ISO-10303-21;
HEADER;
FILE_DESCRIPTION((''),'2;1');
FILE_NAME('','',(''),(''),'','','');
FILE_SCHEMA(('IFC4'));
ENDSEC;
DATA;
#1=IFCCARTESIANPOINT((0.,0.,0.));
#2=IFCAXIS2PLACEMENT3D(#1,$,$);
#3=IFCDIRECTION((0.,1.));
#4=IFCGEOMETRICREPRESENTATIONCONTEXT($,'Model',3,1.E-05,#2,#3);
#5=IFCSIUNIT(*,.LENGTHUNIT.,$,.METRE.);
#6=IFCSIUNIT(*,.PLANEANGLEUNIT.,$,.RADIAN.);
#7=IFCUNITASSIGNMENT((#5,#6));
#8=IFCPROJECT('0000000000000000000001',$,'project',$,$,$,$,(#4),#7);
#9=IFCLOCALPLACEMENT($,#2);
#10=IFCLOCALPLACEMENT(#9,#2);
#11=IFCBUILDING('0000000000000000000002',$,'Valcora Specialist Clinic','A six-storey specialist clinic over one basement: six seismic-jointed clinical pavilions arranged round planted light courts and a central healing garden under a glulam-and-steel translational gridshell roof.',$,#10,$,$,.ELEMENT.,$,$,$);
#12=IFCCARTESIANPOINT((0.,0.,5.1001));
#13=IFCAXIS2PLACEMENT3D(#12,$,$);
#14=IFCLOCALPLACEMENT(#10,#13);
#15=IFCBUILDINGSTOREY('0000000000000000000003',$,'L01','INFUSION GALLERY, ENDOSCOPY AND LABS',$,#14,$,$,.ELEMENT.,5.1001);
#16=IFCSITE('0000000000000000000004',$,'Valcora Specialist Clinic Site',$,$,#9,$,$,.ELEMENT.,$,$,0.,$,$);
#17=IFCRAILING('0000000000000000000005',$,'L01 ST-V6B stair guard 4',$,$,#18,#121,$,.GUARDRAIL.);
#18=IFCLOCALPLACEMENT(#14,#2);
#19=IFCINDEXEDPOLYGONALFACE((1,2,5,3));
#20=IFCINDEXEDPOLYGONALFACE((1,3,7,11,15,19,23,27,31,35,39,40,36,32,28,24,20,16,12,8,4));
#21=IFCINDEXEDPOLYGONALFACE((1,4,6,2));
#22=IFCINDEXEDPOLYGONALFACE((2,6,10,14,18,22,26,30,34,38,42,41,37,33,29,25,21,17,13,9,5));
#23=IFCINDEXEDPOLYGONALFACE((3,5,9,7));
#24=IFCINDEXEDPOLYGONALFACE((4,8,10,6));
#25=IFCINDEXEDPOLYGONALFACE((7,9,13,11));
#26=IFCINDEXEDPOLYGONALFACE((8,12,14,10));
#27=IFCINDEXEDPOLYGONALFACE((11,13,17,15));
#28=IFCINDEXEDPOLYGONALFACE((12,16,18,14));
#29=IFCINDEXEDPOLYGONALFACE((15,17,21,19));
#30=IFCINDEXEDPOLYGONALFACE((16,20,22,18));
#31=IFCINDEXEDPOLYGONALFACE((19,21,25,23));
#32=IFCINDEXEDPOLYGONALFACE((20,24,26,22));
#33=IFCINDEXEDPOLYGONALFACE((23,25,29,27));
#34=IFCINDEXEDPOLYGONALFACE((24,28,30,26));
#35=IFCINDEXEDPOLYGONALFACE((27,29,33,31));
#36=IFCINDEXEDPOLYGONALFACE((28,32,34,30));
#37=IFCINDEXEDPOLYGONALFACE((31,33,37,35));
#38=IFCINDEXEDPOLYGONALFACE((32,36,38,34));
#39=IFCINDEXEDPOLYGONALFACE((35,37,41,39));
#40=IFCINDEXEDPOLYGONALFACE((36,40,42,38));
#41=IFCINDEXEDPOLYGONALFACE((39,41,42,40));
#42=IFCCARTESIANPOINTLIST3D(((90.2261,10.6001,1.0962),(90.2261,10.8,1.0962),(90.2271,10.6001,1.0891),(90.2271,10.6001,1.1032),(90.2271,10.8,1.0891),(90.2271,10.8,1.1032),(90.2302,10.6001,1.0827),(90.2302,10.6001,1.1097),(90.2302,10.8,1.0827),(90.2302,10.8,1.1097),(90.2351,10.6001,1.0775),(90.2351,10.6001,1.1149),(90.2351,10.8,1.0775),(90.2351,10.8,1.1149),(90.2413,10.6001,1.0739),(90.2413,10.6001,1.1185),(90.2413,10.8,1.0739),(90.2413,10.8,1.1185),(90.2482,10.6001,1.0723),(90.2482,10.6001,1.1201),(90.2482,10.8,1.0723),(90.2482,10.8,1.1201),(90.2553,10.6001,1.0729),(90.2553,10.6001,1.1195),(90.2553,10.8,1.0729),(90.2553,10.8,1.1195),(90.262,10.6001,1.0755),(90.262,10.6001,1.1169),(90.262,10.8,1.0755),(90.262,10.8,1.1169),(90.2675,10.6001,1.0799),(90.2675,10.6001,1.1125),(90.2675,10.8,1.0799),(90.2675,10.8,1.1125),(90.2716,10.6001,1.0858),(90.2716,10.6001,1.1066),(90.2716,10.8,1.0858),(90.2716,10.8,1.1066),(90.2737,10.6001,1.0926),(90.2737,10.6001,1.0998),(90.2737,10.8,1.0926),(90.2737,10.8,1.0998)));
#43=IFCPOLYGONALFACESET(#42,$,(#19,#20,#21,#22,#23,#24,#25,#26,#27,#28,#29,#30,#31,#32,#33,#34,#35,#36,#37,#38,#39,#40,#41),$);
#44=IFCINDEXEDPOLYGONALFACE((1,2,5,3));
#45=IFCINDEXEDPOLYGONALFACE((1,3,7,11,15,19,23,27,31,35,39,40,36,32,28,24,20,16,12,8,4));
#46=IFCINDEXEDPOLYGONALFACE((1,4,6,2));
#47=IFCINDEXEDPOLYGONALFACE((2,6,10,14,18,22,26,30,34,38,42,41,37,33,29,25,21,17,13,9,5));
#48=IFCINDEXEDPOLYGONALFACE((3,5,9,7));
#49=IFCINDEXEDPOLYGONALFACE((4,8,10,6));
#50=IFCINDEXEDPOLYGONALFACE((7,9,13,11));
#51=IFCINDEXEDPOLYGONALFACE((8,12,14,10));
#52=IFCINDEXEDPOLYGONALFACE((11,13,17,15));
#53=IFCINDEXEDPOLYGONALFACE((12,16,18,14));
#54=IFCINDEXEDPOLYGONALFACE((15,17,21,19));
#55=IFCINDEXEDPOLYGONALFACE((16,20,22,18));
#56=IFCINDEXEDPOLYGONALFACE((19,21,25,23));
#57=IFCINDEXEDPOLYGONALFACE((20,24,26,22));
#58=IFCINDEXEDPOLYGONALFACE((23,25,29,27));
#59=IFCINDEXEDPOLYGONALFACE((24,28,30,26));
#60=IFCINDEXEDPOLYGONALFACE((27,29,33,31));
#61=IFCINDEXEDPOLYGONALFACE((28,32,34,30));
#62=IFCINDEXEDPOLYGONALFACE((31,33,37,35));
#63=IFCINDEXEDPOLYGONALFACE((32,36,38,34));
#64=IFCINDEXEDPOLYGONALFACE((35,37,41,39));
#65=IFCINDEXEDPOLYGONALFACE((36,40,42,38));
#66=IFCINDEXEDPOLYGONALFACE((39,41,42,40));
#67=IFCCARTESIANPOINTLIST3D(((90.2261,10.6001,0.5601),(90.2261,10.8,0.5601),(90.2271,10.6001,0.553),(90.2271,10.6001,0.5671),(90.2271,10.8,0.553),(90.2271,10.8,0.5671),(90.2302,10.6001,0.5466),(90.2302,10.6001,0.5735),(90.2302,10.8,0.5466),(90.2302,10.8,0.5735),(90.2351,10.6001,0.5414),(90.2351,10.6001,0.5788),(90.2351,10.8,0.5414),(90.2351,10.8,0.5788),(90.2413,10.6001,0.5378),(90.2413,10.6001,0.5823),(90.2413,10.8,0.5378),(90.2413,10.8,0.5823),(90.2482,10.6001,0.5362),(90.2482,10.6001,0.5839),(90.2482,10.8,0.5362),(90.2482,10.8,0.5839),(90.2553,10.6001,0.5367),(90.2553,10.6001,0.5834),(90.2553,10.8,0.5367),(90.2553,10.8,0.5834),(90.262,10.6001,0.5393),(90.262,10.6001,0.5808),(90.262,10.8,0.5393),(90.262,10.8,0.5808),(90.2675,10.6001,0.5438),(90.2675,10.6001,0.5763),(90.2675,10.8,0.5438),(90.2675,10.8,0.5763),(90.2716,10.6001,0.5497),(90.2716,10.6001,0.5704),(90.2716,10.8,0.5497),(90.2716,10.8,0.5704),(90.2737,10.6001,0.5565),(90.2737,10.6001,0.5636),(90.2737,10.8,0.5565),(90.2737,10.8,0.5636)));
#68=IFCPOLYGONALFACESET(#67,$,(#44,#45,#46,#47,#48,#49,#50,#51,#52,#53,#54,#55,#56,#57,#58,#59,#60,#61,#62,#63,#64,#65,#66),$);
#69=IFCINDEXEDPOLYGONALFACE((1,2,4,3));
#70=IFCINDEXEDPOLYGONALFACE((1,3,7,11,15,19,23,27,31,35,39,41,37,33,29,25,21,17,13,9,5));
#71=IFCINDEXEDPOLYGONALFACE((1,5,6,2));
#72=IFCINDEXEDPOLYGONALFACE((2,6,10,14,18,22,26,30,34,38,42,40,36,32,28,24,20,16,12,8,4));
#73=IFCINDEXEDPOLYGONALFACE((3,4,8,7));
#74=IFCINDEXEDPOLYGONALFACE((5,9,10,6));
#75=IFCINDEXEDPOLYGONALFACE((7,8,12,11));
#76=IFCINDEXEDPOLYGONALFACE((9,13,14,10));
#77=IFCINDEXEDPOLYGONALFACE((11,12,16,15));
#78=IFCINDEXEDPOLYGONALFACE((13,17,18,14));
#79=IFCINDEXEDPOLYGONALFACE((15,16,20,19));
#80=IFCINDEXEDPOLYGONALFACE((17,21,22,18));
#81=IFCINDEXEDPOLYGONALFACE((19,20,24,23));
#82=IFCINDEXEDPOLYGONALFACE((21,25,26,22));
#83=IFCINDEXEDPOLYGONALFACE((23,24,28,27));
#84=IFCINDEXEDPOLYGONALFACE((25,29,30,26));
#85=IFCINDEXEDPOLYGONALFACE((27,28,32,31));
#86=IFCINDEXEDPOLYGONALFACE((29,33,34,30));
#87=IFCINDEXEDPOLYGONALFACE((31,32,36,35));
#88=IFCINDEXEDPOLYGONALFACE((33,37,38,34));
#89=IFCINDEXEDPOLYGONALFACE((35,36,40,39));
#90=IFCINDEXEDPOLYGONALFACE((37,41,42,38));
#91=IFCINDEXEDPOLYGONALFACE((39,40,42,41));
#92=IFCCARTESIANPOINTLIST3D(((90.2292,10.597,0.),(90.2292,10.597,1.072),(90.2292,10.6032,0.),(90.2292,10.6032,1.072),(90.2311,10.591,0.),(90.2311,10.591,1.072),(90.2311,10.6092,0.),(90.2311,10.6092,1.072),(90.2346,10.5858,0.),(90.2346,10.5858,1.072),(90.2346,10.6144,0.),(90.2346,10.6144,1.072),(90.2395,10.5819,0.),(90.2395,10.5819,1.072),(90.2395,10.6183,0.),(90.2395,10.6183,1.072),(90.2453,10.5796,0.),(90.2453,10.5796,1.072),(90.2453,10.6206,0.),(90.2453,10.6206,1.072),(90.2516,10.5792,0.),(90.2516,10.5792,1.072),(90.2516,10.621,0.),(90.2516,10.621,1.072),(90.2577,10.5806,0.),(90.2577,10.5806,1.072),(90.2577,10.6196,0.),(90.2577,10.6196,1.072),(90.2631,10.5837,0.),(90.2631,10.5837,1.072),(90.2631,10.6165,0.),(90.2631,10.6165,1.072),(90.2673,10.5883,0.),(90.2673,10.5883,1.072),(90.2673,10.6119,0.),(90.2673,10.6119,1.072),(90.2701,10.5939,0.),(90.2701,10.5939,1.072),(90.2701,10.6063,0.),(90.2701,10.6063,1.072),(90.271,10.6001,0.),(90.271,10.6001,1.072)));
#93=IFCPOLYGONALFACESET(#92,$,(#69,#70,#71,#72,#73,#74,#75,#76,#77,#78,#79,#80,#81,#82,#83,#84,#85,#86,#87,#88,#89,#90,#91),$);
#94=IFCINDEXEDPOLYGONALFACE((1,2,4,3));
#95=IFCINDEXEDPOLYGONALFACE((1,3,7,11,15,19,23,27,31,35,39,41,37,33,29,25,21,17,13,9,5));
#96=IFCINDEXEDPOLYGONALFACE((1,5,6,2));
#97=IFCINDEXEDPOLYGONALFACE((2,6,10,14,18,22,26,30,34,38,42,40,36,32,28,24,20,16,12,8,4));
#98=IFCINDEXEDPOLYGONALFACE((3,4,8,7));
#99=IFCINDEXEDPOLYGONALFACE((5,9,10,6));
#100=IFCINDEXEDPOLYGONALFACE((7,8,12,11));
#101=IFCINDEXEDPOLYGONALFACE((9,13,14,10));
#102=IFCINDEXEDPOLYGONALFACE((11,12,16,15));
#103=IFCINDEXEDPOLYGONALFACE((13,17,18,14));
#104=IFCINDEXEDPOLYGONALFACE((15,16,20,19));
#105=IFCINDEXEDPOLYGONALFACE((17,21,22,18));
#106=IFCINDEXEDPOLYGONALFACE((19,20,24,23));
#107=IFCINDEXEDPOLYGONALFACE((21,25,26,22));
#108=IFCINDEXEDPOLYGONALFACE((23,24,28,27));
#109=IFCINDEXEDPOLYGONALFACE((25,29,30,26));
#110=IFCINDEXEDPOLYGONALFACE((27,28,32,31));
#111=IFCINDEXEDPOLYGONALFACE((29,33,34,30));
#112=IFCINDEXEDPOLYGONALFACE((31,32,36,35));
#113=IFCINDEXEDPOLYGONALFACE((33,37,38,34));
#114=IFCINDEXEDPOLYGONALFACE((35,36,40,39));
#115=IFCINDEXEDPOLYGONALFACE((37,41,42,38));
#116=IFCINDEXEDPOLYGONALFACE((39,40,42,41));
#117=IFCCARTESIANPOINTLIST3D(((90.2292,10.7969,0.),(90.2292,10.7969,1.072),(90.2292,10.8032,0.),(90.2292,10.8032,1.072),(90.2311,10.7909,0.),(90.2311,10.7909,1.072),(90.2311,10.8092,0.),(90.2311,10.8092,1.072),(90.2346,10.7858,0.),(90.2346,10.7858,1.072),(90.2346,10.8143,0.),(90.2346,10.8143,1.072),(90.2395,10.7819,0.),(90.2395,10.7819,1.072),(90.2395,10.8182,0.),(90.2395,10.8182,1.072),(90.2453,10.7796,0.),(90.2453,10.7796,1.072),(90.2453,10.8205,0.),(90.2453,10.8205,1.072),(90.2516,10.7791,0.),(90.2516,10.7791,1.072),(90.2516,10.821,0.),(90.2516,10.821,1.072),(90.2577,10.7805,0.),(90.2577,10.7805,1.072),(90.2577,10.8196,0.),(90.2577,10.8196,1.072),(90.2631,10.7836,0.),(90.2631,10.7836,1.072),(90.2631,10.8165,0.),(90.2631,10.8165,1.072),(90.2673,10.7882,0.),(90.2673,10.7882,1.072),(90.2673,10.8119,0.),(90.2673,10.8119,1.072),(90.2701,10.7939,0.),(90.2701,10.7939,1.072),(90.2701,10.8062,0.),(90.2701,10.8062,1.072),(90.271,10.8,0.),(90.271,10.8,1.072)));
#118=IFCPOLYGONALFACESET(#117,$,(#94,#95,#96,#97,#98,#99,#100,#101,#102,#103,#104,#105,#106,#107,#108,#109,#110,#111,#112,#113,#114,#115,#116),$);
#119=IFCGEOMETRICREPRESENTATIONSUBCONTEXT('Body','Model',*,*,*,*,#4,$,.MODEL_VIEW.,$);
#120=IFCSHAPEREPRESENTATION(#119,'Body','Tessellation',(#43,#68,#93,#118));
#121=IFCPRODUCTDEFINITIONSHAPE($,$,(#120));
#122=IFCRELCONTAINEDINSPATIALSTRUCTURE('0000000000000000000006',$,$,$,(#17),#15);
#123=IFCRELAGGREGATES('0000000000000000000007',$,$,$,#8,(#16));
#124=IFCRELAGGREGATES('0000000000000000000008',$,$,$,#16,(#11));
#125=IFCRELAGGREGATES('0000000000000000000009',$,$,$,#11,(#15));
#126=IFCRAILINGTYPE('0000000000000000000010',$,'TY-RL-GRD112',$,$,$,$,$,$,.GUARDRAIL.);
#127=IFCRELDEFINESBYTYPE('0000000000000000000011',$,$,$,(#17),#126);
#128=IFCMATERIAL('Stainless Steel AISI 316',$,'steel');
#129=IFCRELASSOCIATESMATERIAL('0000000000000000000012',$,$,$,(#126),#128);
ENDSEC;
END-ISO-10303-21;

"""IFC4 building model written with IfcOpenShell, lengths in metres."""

from ifc_helpers import new_model, si_unit, direction, frame, origin, origin_2d, place, context, subcontext, project, spatial, circle, extrude, material, type_object, element, save


model = new_model("IFC4")

# Units and contexts
model_context = context("Model", 3, precision=1e-05, world=origin(), true_north=direction((0.0, 1.0)))
body_context = subcontext(model_context, "Body", "Model", "MODEL_VIEW")
ifc_project = project(units=[si_unit("LENGTHUNIT", "METRE"), si_unit("PLANEANGLEUNIT", "RADIAN")], contexts=[model_context])

# Site, building, storey
site_placement = place(None, origin())
site = spatial("IfcSite", under=ifc_project, at=site_placement, Name="Valcora Specialist Clinic Site", CompositionType="ELEMENT", RefElevation=0.0)
building_placement = place(site_placement, origin())
building = spatial("IfcBuilding", under=site, at=building_placement, Name="Valcora Specialist Clinic", Description="A six-storey specialist clinic over one basement: six seismic-jointed clinical pavilions arranged round planted light courts and a central healing garden under a glulam-and-steel translational gridshell roof.", CompositionType="ELEMENT")
storey_placement = place(building_placement, frame((0.0, 0.0, 5.1001)))
storey = spatial("IfcBuildingStorey", under=building, at=storey_placement, Name="L01", Description="INFUSION GALLERY, ENDOSCOPY AND LABS", CompositionType="ELEMENT", Elevation=5.1001)

# Shared definitions
ifc_material_1 = material(Name="Stainless Steel AISI 316", Category="steel")

# Railing
railing_type_1 = type_object("IfcRailingType", Name="TY-RL-GRD112", PredefinedType="GUARDRAIL", material=ifc_material_1)
railing_1_placement = place(storey_placement, frame((90.25, 10.6001, 0.0)))
element("IfcRailing", 1, at=railing_1_placement, inside=storey, type_object=railing_type_1, Name="L01 ST-V6B stair guard 4", PredefinedType="GUARDRAIL", context=body_context, shape_type="SweptSolid", body=[
    extrude(circle(Radius=0.0239, at=origin_2d()), frame((0.0, 0.0, 1.0962), z_axis=(0.0, 1.0, 0.0), x_axis=(-1.0, 0.0, 0.0)), (0.0, 0.0, 1.0), 0.2),
    extrude(circle(Radius=0.0239, at=origin_2d()), frame((0.0, 0.0, 0.5601), z_axis=(0.0, 1.0, 0.0), x_axis=(-1.0, 0.0, 0.0)), (0.0, 0.0, 1.0), 0.2),
    extrude(circle(Radius=0.021, at=origin_2d()), origin(), (0.0, 0.0, 1.0), 1.072),
    extrude(circle(Radius=0.021, at=origin_2d()), frame((0.0, 0.2, 0.0)), (0.0, 0.0, 1.0), 1.072),
])

save(model, "model.ifc")
